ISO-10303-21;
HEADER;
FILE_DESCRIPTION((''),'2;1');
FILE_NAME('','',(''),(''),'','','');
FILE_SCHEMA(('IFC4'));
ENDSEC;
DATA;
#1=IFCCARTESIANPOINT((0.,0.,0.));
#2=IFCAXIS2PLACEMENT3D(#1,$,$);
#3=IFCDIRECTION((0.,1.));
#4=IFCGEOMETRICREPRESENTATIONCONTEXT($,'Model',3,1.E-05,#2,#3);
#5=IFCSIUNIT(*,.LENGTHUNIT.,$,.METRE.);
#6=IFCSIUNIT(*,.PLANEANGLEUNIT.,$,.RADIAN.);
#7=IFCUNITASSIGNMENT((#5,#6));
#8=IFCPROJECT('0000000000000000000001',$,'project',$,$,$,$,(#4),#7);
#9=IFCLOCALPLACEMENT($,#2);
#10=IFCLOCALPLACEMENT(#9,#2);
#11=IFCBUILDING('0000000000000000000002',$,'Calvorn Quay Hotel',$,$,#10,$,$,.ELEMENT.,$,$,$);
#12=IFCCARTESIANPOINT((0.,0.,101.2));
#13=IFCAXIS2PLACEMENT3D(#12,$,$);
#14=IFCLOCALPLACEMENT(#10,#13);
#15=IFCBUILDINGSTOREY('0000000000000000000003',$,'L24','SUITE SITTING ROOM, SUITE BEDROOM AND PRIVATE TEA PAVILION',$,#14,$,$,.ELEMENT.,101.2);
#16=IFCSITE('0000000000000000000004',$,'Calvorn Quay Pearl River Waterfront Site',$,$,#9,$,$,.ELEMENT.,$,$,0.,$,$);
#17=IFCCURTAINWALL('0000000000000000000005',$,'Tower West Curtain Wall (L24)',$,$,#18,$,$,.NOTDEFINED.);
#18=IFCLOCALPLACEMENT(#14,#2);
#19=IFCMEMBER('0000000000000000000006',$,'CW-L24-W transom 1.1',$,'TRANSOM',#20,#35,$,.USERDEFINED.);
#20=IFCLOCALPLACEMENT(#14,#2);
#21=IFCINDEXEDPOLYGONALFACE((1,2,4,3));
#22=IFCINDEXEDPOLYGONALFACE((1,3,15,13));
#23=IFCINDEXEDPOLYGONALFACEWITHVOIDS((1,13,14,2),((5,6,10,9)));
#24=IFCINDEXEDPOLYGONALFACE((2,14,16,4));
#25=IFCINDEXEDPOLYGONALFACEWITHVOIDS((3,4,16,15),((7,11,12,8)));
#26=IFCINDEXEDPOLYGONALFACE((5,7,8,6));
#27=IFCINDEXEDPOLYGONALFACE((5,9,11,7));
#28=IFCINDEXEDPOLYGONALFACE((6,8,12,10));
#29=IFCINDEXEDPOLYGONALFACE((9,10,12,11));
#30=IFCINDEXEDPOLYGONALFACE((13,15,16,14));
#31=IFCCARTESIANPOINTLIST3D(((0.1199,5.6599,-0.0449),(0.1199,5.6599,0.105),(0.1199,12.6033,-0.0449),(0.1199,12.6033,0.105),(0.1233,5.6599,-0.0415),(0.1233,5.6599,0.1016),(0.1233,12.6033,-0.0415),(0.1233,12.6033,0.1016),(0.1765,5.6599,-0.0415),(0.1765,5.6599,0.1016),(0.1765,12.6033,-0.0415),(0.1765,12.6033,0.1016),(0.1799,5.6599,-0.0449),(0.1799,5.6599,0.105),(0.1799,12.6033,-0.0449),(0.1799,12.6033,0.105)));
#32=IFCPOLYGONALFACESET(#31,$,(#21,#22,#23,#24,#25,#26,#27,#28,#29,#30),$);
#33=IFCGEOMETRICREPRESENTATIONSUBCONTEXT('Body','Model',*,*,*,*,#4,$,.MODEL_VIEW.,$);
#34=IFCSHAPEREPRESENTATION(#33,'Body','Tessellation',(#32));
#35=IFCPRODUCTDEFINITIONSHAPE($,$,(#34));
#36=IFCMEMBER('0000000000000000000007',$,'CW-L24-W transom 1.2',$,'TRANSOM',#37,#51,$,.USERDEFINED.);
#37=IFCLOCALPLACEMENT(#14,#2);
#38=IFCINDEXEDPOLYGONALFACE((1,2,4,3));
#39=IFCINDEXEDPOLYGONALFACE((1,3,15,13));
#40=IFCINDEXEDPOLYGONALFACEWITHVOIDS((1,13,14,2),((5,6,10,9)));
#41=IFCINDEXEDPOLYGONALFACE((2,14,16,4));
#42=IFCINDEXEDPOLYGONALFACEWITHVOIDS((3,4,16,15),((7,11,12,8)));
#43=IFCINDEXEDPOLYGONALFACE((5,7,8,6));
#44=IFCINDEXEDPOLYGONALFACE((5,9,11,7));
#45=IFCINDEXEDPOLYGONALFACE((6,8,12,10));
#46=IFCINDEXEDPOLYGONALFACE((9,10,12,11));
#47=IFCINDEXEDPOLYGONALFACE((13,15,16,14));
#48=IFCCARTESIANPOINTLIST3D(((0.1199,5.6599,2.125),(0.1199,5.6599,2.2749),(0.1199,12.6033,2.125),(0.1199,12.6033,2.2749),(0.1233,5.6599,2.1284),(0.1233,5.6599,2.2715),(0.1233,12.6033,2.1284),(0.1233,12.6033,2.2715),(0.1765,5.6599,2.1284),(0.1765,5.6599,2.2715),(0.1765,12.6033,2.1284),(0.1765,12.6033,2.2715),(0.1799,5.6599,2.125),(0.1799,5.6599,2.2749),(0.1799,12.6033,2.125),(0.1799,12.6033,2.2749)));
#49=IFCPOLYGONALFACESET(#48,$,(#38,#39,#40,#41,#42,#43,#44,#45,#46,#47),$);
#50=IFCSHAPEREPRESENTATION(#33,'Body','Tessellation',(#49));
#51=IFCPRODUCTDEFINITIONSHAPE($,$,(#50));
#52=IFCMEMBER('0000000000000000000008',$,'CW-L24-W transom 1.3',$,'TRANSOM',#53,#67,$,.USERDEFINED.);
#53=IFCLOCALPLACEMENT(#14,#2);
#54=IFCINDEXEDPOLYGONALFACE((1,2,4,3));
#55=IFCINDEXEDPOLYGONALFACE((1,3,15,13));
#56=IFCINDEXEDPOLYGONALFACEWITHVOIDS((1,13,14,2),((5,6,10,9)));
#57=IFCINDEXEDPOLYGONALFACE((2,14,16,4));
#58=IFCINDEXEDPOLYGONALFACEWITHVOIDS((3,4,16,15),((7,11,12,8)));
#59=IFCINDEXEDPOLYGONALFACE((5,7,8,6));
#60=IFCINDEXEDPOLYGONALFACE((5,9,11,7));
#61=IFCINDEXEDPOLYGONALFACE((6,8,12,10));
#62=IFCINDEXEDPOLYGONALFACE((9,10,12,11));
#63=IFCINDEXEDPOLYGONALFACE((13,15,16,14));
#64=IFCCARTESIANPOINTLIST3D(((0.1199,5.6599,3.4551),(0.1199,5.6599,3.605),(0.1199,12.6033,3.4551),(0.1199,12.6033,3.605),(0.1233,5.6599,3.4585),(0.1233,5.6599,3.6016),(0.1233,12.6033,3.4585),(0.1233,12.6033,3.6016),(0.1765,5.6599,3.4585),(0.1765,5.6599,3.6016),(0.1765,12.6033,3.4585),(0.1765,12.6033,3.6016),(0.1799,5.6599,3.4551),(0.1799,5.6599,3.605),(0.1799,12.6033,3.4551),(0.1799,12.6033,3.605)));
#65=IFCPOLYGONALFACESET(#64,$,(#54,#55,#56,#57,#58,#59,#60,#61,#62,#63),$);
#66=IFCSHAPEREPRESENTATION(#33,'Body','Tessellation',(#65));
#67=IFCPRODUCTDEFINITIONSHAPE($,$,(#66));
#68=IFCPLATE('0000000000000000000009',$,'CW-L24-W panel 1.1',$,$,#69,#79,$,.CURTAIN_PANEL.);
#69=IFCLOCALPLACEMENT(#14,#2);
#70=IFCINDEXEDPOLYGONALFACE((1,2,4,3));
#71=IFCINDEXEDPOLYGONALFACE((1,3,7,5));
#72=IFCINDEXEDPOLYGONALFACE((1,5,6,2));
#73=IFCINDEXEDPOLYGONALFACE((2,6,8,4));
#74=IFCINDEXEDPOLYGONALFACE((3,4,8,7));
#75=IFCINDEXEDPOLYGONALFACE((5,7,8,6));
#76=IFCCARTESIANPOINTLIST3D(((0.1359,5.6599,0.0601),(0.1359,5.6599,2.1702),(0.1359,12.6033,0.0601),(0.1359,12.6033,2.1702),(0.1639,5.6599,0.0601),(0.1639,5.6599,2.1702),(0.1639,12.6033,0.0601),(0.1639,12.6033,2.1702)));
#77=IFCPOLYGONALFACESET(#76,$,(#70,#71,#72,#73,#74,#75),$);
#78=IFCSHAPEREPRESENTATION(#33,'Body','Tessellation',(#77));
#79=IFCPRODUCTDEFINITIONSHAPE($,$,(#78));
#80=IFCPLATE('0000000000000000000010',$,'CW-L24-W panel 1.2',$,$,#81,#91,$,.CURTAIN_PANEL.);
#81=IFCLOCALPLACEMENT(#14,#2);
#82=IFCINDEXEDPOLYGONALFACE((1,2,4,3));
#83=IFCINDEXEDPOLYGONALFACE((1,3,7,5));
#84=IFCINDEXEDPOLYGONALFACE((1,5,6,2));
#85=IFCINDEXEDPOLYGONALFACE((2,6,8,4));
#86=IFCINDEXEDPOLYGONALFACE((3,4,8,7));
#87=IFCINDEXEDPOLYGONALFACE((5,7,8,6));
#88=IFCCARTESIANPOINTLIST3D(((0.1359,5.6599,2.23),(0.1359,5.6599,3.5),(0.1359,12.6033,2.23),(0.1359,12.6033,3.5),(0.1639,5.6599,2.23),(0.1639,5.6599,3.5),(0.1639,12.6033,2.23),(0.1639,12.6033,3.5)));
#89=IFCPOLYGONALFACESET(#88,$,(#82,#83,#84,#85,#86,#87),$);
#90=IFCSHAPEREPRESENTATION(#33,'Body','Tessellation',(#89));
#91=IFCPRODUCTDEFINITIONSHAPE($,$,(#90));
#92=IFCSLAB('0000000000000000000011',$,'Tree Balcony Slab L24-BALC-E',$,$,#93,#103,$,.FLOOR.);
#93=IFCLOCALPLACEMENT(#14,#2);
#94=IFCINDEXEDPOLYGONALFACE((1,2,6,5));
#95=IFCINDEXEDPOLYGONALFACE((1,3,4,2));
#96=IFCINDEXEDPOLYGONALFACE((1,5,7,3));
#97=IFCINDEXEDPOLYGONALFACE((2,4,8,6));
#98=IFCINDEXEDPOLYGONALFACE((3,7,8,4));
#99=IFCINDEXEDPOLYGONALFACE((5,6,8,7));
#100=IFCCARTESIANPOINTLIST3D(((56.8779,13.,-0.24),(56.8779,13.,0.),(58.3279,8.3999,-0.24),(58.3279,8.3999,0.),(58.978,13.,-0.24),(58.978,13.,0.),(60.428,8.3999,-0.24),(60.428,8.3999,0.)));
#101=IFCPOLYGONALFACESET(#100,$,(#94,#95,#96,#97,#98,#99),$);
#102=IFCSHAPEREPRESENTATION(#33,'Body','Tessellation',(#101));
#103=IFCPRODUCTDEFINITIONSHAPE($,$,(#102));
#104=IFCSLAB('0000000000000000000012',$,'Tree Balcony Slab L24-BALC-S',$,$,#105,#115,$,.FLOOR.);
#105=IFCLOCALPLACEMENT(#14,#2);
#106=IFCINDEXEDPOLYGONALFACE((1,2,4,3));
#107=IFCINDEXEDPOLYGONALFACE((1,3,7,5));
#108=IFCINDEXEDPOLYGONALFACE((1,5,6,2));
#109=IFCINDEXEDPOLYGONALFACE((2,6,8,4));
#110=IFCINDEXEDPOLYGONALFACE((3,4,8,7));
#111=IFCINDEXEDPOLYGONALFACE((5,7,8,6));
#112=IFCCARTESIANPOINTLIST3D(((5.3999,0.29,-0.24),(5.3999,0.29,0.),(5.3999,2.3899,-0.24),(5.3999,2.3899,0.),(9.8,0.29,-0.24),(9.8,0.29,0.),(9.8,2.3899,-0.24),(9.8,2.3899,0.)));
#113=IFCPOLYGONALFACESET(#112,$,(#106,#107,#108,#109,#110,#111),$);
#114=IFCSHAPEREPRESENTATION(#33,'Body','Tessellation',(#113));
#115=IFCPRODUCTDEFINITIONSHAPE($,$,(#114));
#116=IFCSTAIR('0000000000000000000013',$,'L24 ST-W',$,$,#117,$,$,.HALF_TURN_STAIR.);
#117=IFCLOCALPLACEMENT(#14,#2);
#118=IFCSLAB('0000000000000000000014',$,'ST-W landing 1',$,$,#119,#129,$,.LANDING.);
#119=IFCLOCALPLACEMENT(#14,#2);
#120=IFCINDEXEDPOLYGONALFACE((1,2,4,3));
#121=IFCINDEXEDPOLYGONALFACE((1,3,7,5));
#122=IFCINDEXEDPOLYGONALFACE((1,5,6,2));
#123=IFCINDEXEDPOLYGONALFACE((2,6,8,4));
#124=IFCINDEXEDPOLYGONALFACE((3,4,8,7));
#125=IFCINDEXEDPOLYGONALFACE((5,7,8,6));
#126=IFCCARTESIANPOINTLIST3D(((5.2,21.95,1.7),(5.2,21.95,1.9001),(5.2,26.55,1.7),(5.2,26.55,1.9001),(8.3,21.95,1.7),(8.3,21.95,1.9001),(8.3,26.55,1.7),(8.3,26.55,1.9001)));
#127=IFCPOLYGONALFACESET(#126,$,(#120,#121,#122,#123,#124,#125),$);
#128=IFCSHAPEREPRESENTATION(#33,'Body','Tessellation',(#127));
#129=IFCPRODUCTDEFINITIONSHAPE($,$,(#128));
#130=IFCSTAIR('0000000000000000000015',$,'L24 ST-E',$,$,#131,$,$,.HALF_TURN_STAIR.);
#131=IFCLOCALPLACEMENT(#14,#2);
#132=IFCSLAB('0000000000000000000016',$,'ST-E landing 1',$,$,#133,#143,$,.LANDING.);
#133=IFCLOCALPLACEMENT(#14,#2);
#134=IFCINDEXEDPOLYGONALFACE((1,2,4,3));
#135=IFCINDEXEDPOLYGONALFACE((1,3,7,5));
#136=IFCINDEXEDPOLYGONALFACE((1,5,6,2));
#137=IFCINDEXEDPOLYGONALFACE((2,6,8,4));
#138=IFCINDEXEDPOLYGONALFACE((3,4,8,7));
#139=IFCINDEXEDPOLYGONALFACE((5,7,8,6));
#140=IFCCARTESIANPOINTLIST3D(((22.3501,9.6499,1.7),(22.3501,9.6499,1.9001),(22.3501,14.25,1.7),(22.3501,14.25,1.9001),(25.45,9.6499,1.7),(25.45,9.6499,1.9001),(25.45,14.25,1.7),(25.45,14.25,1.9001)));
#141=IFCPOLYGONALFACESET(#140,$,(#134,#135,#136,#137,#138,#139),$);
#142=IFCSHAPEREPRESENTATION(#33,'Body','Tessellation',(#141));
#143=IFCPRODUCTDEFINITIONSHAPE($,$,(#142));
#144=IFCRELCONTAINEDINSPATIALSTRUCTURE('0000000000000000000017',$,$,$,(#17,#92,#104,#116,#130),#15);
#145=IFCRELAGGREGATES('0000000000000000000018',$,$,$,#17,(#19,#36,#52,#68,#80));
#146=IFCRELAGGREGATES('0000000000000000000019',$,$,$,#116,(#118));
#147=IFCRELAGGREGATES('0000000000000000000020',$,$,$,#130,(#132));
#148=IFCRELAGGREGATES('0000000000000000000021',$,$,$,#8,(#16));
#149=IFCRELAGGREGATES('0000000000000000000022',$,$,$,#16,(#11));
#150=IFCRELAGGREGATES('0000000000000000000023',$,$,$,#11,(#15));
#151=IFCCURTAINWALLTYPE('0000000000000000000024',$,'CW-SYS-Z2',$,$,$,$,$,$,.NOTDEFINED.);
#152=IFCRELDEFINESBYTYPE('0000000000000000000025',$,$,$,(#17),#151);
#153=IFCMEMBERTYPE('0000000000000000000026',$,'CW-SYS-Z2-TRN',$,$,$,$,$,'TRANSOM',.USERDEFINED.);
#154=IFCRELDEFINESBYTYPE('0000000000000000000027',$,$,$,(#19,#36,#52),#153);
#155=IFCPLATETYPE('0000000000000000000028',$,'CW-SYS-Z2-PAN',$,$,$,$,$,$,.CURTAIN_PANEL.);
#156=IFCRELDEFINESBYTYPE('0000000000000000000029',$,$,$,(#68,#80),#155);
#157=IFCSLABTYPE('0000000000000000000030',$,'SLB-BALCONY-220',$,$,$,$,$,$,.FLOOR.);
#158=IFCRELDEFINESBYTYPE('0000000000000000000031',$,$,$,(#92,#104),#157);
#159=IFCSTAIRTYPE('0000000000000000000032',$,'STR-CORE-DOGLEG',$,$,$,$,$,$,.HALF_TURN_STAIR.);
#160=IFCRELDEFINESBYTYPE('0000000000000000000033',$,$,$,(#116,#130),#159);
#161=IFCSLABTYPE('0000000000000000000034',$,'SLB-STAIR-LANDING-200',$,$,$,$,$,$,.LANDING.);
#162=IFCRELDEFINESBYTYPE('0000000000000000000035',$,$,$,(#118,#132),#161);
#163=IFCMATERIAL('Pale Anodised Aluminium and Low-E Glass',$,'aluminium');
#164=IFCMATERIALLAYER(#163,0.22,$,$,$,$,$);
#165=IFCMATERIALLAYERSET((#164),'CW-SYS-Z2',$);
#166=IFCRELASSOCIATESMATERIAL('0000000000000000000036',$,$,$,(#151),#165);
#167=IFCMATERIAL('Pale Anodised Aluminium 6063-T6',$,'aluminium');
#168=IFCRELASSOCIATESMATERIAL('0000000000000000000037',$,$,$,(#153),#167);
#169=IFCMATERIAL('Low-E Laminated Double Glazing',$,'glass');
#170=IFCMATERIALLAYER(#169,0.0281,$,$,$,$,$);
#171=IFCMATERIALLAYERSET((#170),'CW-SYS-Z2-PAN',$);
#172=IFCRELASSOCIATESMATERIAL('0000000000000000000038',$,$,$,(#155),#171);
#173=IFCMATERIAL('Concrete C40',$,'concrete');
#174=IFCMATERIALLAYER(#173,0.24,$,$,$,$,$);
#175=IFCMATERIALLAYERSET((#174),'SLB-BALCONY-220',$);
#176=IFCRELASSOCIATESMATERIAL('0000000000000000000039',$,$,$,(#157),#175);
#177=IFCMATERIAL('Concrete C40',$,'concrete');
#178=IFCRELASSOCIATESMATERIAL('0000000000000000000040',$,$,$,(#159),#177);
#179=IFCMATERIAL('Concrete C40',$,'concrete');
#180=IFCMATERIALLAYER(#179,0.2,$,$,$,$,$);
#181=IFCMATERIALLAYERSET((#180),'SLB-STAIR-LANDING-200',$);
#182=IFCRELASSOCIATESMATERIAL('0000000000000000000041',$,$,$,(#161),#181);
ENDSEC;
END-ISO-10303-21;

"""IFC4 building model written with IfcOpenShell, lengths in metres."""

from ifc_helpers import new_model, si_unit, direction, frame, origin, origin_2d, place, context, subcontext, project, spatial, polyline, rectangle, hollow_rectangle, outline, extrude, material, layer, layer_set, material_profile, profile_set, type_object, element, aggregate, save


model = new_model("IFC4")

# Units and contexts
model_context = context("Model", 3, precision=1e-05, world=origin(), true_north=direction((0.0, 1.0)))
body_context = subcontext(model_context, "Body", "Model", "MODEL_VIEW")
ifc_project = project(units=[si_unit("LENGTHUNIT", "METRE"), si_unit("PLANEANGLEUNIT", "RADIAN")], contexts=[model_context])

# Site, building, storey
site_placement = place(None, origin())
site = spatial("IfcSite", under=ifc_project, at=site_placement, Name="Calvorn Quay Pearl River Waterfront Site", CompositionType="ELEMENT", RefElevation=0.0)
building_placement = place(site_placement, origin())
building = spatial("IfcBuilding", under=site, at=building_placement, Name="Calvorn Quay Hotel", CompositionType="ELEMENT")
storey_placement = place(building_placement, frame((0.0, 0.0, 101.2)))
storey = spatial("IfcBuildingStorey", under=building, at=storey_placement, Name="L24", Description="SUITE SITTING ROOM, SUITE BEDROOM AND PRIVATE TEA PAVILION", CompositionType="ELEMENT", Elevation=101.2)

# Curtain wall, members, plates
ifc_material_1 = material(Name="Pale Anodised Aluminium and Low-E Glass", Category="aluminium")
ifc_layer_1 = layer(ifc_material_1, 0.22)
ifc_layer_set_1 = layer_set([ifc_layer_1], Name="CW-SYS-Z2")
curtain_wall_type = type_object("IfcCurtainWallType", Name="CW-SYS-Z2", PredefinedType="NOTDEFINED", material=ifc_layer_set_1)
curtain_wall_placement = place(storey_placement, origin())
curtain_wall = element("IfcCurtainWall", 1, at=curtain_wall_placement, inside=storey, type_object=curtain_wall_type, Name="Tower West Curtain Wall (L24)", PredefinedType="NOTDEFINED")
ifc_material_2 = material(Name="Pale Anodised Aluminium 6063-T6", Category="aluminium")
ifc_material_profile_1 = material_profile(ifc_material_2, hollow_rectangle(XDim=0.0601, YDim=0.1499, WallThickness=0.0034, at=origin_2d()), Name="ALU-T150x60x3.5")
ifc_profile_set_1 = profile_set([ifc_material_profile_1], Name="Pale Anodised Aluminium 6063-T6")
member_type_1 = type_object("IfcMemberType", Name="CW-SYS-Z2-TRN", ElementType="TRANSOM", PredefinedType="USERDEFINED", material=ifc_profile_set_1)
member_1_placement = place(storey_placement, frame((0.1499, 5.6599, 0.03), z_axis=(0.0, 1.0, 0.0), x_axis=(-1.0, 0.0, 0.0)))
member_1 = element("IfcMember", 2, at=member_1_placement, type_object=member_type_1, Name="CW-L24-W transom 1.1", ObjectType="TRANSOM", PredefinedType="USERDEFINED", context=body_context, shape_type="SweptSolid", body=[
    extrude(hollow_rectangle(XDim=0.0601, YDim=0.1499, WallThickness=0.0034, at=origin_2d()), origin(), (0.0, 0.0, 1.0), 6.9434),
])
member_2_placement = place(storey_placement, frame((0.1499, 5.6599, 2.2), z_axis=(0.0, 1.0, 0.0), x_axis=(-1.0, 0.0, 0.0)))
member_2 = element("IfcMember", 3, at=member_2_placement, type_object=member_type_1, Name="CW-L24-W transom 1.2", ObjectType="TRANSOM", PredefinedType="USERDEFINED", context=body_context, shape_type="SweptSolid", body=[
    extrude(hollow_rectangle(XDim=0.0601, YDim=0.1499, WallThickness=0.0034, at=origin_2d()), origin(), (0.0, 0.0, 1.0), 6.9434),
])
member_3_placement = place(storey_placement, frame((0.1499, 5.6599, 3.53), z_axis=(0.0, 1.0, 0.0), x_axis=(-1.0, 0.0, 0.0)))
member_3 = element("IfcMember", 4, at=member_3_placement, type_object=member_type_1, Name="CW-L24-W transom 1.3", ObjectType="TRANSOM", PredefinedType="USERDEFINED", context=body_context, shape_type="SweptSolid", body=[
    extrude(hollow_rectangle(XDim=0.0601, YDim=0.1499, WallThickness=0.0034, at=origin_2d()), origin(), (0.0, 0.0, 1.0), 6.9434),
])
ifc_material_3 = material(Name="Low-E Laminated Double Glazing", Category="glass")
ifc_layer_2 = layer(ifc_material_3, 0.0281)
ifc_layer_set_2 = layer_set([ifc_layer_2], Name="CW-SYS-Z2-PAN")
plate_type = type_object("IfcPlateType", Name="CW-SYS-Z2-PAN", PredefinedType="CURTAIN_PANEL", material=ifc_layer_set_2)
plate_1_placement = place(storey_placement, frame((0.1499, 9.1316, 0.0601), z_axis=(0.0, 0.0, 1.0), x_axis=(0.0, 1.0, 0.0)))
plate_1 = element("IfcPlate", 5, at=plate_1_placement, type_object=plate_type, Name="CW-L24-W panel 1.1", PredefinedType="CURTAIN_PANEL", context=body_context, shape_type="SweptSolid", body=[
    extrude(rectangle(XDim=6.9434, YDim=0.0281, at=origin_2d()), origin(), (0.0, 0.0, 1.0), 2.1101),
])
plate_2_placement = place(storey_placement, frame((0.1499, 9.1316, 2.23), z_axis=(0.0, 0.0, 1.0), x_axis=(0.0, 1.0, 0.0)))
plate_2 = element("IfcPlate", 6, at=plate_2_placement, type_object=plate_type, Name="CW-L24-W panel 1.2", PredefinedType="CURTAIN_PANEL", context=body_context, shape_type="SweptSolid", body=[
    extrude(rectangle(XDim=6.9434, YDim=0.0281, at=origin_2d()), origin(), (0.0, 0.0, 1.0), 1.27),
])
aggregate(curtain_wall, [member_1, member_2, member_3, plate_1, plate_2])

# Slabs
ifc_material_4 = material(Name="Concrete C40", Category="concrete")
ifc_layer_3 = layer(ifc_material_4, 0.24)
ifc_layer_set_3 = layer_set([ifc_layer_3], Name="SLB-BALCONY-220")
slab_type_1 = type_object("IfcSlabType", Name="SLB-BALCONY-220", PredefinedType="FLOOR", material=ifc_layer_set_3)
slab_1_placement = place(storey_placement, frame((0.0, 0.0, -0.24)))
element("IfcSlab", 7, at=slab_1_placement, inside=storey, type_object=slab_type_1, Name="Tree Balcony Slab L24-BALC-E", PredefinedType="FLOOR", context=body_context, shape_type="SweptSolid", body=[
    extrude(outline(polyline([(58.3279, 8.3999), (60.428, 8.3999), (58.978, 13.0), (56.8779, 13.0), (58.3279, 8.3999)])), origin(), (0.0, 0.0, 1.0), 0.24),
])
slab_2_placement = place(storey_placement, frame((0.0, 0.0, -0.24)))
element("IfcSlab", 8, at=slab_2_placement, inside=storey, type_object=slab_type_1, Name="Tree Balcony Slab L24-BALC-S", PredefinedType="FLOOR", context=body_context, shape_type="SweptSolid", body=[
    extrude(outline(polyline([(5.3999, 0.29), (9.8, 0.29), (9.8, 2.3899), (5.3999, 2.3899), (5.3999, 0.29)])), origin(), (0.0, 0.0, 1.0), 0.24),
])

# Stairs, slabs
ifc_material_5 = material(Name="Concrete C40", Category="concrete")
stair_type = type_object("IfcStairType", Name="STR-CORE-DOGLEG", PredefinedType="HALF_TURN_STAIR", material=ifc_material_5)
stair_1_placement = place(storey_placement, origin())
stair_1 = element("IfcStair", 9, at=stair_1_placement, inside=storey, type_object=stair_type, Name="L24 ST-W", PredefinedType="HALF_TURN_STAIR")
ifc_material_6 = material(Name="Concrete C40", Category="concrete")
ifc_layer_4 = layer(ifc_material_6, 0.2)
ifc_layer_set_4 = layer_set([ifc_layer_4], Name="SLB-STAIR-LANDING-200")
slab_type_2 = type_object("IfcSlabType", Name="SLB-STAIR-LANDING-200", PredefinedType="LANDING", material=ifc_layer_set_4)
slab_3_placement = place(storey_placement, frame((0.0, 0.0, 1.7)))
slab_3 = element("IfcSlab", 10, at=slab_3_placement, type_object=slab_type_2, Name="ST-W landing 1", PredefinedType="LANDING", context=body_context, shape_type="SweptSolid", body=[
    extrude(outline(polyline([(8.3, 21.95), (8.3, 26.55), (5.2, 26.55), (5.2, 21.95), (8.3, 21.95)])), origin(), (0.0, 0.0, 1.0), 0.2002),
])
aggregate(stair_1, [slab_3])
stair_2_placement = place(storey_placement, origin())
stair_2 = element("IfcStair", 11, at=stair_2_placement, inside=storey, type_object=stair_type, Name="L24 ST-E", PredefinedType="HALF_TURN_STAIR")
slab_4_placement = place(storey_placement, frame((0.0, 0.0, 1.7)))
slab_4 = element("IfcSlab", 12, at=slab_4_placement, type_object=slab_type_2, Name="ST-E landing 1", PredefinedType="LANDING", context=body_context, shape_type="SweptSolid", body=[
    extrude(outline(polyline([(25.45, 9.6499), (25.45, 14.25), (22.3501, 14.25), (22.3501, 9.6499), (25.45, 9.6499)])), origin(), (0.0, 0.0, 1.0), 0.2002),
])
aggregate(stair_2, [slab_4])

save(model, "model.ifc")
